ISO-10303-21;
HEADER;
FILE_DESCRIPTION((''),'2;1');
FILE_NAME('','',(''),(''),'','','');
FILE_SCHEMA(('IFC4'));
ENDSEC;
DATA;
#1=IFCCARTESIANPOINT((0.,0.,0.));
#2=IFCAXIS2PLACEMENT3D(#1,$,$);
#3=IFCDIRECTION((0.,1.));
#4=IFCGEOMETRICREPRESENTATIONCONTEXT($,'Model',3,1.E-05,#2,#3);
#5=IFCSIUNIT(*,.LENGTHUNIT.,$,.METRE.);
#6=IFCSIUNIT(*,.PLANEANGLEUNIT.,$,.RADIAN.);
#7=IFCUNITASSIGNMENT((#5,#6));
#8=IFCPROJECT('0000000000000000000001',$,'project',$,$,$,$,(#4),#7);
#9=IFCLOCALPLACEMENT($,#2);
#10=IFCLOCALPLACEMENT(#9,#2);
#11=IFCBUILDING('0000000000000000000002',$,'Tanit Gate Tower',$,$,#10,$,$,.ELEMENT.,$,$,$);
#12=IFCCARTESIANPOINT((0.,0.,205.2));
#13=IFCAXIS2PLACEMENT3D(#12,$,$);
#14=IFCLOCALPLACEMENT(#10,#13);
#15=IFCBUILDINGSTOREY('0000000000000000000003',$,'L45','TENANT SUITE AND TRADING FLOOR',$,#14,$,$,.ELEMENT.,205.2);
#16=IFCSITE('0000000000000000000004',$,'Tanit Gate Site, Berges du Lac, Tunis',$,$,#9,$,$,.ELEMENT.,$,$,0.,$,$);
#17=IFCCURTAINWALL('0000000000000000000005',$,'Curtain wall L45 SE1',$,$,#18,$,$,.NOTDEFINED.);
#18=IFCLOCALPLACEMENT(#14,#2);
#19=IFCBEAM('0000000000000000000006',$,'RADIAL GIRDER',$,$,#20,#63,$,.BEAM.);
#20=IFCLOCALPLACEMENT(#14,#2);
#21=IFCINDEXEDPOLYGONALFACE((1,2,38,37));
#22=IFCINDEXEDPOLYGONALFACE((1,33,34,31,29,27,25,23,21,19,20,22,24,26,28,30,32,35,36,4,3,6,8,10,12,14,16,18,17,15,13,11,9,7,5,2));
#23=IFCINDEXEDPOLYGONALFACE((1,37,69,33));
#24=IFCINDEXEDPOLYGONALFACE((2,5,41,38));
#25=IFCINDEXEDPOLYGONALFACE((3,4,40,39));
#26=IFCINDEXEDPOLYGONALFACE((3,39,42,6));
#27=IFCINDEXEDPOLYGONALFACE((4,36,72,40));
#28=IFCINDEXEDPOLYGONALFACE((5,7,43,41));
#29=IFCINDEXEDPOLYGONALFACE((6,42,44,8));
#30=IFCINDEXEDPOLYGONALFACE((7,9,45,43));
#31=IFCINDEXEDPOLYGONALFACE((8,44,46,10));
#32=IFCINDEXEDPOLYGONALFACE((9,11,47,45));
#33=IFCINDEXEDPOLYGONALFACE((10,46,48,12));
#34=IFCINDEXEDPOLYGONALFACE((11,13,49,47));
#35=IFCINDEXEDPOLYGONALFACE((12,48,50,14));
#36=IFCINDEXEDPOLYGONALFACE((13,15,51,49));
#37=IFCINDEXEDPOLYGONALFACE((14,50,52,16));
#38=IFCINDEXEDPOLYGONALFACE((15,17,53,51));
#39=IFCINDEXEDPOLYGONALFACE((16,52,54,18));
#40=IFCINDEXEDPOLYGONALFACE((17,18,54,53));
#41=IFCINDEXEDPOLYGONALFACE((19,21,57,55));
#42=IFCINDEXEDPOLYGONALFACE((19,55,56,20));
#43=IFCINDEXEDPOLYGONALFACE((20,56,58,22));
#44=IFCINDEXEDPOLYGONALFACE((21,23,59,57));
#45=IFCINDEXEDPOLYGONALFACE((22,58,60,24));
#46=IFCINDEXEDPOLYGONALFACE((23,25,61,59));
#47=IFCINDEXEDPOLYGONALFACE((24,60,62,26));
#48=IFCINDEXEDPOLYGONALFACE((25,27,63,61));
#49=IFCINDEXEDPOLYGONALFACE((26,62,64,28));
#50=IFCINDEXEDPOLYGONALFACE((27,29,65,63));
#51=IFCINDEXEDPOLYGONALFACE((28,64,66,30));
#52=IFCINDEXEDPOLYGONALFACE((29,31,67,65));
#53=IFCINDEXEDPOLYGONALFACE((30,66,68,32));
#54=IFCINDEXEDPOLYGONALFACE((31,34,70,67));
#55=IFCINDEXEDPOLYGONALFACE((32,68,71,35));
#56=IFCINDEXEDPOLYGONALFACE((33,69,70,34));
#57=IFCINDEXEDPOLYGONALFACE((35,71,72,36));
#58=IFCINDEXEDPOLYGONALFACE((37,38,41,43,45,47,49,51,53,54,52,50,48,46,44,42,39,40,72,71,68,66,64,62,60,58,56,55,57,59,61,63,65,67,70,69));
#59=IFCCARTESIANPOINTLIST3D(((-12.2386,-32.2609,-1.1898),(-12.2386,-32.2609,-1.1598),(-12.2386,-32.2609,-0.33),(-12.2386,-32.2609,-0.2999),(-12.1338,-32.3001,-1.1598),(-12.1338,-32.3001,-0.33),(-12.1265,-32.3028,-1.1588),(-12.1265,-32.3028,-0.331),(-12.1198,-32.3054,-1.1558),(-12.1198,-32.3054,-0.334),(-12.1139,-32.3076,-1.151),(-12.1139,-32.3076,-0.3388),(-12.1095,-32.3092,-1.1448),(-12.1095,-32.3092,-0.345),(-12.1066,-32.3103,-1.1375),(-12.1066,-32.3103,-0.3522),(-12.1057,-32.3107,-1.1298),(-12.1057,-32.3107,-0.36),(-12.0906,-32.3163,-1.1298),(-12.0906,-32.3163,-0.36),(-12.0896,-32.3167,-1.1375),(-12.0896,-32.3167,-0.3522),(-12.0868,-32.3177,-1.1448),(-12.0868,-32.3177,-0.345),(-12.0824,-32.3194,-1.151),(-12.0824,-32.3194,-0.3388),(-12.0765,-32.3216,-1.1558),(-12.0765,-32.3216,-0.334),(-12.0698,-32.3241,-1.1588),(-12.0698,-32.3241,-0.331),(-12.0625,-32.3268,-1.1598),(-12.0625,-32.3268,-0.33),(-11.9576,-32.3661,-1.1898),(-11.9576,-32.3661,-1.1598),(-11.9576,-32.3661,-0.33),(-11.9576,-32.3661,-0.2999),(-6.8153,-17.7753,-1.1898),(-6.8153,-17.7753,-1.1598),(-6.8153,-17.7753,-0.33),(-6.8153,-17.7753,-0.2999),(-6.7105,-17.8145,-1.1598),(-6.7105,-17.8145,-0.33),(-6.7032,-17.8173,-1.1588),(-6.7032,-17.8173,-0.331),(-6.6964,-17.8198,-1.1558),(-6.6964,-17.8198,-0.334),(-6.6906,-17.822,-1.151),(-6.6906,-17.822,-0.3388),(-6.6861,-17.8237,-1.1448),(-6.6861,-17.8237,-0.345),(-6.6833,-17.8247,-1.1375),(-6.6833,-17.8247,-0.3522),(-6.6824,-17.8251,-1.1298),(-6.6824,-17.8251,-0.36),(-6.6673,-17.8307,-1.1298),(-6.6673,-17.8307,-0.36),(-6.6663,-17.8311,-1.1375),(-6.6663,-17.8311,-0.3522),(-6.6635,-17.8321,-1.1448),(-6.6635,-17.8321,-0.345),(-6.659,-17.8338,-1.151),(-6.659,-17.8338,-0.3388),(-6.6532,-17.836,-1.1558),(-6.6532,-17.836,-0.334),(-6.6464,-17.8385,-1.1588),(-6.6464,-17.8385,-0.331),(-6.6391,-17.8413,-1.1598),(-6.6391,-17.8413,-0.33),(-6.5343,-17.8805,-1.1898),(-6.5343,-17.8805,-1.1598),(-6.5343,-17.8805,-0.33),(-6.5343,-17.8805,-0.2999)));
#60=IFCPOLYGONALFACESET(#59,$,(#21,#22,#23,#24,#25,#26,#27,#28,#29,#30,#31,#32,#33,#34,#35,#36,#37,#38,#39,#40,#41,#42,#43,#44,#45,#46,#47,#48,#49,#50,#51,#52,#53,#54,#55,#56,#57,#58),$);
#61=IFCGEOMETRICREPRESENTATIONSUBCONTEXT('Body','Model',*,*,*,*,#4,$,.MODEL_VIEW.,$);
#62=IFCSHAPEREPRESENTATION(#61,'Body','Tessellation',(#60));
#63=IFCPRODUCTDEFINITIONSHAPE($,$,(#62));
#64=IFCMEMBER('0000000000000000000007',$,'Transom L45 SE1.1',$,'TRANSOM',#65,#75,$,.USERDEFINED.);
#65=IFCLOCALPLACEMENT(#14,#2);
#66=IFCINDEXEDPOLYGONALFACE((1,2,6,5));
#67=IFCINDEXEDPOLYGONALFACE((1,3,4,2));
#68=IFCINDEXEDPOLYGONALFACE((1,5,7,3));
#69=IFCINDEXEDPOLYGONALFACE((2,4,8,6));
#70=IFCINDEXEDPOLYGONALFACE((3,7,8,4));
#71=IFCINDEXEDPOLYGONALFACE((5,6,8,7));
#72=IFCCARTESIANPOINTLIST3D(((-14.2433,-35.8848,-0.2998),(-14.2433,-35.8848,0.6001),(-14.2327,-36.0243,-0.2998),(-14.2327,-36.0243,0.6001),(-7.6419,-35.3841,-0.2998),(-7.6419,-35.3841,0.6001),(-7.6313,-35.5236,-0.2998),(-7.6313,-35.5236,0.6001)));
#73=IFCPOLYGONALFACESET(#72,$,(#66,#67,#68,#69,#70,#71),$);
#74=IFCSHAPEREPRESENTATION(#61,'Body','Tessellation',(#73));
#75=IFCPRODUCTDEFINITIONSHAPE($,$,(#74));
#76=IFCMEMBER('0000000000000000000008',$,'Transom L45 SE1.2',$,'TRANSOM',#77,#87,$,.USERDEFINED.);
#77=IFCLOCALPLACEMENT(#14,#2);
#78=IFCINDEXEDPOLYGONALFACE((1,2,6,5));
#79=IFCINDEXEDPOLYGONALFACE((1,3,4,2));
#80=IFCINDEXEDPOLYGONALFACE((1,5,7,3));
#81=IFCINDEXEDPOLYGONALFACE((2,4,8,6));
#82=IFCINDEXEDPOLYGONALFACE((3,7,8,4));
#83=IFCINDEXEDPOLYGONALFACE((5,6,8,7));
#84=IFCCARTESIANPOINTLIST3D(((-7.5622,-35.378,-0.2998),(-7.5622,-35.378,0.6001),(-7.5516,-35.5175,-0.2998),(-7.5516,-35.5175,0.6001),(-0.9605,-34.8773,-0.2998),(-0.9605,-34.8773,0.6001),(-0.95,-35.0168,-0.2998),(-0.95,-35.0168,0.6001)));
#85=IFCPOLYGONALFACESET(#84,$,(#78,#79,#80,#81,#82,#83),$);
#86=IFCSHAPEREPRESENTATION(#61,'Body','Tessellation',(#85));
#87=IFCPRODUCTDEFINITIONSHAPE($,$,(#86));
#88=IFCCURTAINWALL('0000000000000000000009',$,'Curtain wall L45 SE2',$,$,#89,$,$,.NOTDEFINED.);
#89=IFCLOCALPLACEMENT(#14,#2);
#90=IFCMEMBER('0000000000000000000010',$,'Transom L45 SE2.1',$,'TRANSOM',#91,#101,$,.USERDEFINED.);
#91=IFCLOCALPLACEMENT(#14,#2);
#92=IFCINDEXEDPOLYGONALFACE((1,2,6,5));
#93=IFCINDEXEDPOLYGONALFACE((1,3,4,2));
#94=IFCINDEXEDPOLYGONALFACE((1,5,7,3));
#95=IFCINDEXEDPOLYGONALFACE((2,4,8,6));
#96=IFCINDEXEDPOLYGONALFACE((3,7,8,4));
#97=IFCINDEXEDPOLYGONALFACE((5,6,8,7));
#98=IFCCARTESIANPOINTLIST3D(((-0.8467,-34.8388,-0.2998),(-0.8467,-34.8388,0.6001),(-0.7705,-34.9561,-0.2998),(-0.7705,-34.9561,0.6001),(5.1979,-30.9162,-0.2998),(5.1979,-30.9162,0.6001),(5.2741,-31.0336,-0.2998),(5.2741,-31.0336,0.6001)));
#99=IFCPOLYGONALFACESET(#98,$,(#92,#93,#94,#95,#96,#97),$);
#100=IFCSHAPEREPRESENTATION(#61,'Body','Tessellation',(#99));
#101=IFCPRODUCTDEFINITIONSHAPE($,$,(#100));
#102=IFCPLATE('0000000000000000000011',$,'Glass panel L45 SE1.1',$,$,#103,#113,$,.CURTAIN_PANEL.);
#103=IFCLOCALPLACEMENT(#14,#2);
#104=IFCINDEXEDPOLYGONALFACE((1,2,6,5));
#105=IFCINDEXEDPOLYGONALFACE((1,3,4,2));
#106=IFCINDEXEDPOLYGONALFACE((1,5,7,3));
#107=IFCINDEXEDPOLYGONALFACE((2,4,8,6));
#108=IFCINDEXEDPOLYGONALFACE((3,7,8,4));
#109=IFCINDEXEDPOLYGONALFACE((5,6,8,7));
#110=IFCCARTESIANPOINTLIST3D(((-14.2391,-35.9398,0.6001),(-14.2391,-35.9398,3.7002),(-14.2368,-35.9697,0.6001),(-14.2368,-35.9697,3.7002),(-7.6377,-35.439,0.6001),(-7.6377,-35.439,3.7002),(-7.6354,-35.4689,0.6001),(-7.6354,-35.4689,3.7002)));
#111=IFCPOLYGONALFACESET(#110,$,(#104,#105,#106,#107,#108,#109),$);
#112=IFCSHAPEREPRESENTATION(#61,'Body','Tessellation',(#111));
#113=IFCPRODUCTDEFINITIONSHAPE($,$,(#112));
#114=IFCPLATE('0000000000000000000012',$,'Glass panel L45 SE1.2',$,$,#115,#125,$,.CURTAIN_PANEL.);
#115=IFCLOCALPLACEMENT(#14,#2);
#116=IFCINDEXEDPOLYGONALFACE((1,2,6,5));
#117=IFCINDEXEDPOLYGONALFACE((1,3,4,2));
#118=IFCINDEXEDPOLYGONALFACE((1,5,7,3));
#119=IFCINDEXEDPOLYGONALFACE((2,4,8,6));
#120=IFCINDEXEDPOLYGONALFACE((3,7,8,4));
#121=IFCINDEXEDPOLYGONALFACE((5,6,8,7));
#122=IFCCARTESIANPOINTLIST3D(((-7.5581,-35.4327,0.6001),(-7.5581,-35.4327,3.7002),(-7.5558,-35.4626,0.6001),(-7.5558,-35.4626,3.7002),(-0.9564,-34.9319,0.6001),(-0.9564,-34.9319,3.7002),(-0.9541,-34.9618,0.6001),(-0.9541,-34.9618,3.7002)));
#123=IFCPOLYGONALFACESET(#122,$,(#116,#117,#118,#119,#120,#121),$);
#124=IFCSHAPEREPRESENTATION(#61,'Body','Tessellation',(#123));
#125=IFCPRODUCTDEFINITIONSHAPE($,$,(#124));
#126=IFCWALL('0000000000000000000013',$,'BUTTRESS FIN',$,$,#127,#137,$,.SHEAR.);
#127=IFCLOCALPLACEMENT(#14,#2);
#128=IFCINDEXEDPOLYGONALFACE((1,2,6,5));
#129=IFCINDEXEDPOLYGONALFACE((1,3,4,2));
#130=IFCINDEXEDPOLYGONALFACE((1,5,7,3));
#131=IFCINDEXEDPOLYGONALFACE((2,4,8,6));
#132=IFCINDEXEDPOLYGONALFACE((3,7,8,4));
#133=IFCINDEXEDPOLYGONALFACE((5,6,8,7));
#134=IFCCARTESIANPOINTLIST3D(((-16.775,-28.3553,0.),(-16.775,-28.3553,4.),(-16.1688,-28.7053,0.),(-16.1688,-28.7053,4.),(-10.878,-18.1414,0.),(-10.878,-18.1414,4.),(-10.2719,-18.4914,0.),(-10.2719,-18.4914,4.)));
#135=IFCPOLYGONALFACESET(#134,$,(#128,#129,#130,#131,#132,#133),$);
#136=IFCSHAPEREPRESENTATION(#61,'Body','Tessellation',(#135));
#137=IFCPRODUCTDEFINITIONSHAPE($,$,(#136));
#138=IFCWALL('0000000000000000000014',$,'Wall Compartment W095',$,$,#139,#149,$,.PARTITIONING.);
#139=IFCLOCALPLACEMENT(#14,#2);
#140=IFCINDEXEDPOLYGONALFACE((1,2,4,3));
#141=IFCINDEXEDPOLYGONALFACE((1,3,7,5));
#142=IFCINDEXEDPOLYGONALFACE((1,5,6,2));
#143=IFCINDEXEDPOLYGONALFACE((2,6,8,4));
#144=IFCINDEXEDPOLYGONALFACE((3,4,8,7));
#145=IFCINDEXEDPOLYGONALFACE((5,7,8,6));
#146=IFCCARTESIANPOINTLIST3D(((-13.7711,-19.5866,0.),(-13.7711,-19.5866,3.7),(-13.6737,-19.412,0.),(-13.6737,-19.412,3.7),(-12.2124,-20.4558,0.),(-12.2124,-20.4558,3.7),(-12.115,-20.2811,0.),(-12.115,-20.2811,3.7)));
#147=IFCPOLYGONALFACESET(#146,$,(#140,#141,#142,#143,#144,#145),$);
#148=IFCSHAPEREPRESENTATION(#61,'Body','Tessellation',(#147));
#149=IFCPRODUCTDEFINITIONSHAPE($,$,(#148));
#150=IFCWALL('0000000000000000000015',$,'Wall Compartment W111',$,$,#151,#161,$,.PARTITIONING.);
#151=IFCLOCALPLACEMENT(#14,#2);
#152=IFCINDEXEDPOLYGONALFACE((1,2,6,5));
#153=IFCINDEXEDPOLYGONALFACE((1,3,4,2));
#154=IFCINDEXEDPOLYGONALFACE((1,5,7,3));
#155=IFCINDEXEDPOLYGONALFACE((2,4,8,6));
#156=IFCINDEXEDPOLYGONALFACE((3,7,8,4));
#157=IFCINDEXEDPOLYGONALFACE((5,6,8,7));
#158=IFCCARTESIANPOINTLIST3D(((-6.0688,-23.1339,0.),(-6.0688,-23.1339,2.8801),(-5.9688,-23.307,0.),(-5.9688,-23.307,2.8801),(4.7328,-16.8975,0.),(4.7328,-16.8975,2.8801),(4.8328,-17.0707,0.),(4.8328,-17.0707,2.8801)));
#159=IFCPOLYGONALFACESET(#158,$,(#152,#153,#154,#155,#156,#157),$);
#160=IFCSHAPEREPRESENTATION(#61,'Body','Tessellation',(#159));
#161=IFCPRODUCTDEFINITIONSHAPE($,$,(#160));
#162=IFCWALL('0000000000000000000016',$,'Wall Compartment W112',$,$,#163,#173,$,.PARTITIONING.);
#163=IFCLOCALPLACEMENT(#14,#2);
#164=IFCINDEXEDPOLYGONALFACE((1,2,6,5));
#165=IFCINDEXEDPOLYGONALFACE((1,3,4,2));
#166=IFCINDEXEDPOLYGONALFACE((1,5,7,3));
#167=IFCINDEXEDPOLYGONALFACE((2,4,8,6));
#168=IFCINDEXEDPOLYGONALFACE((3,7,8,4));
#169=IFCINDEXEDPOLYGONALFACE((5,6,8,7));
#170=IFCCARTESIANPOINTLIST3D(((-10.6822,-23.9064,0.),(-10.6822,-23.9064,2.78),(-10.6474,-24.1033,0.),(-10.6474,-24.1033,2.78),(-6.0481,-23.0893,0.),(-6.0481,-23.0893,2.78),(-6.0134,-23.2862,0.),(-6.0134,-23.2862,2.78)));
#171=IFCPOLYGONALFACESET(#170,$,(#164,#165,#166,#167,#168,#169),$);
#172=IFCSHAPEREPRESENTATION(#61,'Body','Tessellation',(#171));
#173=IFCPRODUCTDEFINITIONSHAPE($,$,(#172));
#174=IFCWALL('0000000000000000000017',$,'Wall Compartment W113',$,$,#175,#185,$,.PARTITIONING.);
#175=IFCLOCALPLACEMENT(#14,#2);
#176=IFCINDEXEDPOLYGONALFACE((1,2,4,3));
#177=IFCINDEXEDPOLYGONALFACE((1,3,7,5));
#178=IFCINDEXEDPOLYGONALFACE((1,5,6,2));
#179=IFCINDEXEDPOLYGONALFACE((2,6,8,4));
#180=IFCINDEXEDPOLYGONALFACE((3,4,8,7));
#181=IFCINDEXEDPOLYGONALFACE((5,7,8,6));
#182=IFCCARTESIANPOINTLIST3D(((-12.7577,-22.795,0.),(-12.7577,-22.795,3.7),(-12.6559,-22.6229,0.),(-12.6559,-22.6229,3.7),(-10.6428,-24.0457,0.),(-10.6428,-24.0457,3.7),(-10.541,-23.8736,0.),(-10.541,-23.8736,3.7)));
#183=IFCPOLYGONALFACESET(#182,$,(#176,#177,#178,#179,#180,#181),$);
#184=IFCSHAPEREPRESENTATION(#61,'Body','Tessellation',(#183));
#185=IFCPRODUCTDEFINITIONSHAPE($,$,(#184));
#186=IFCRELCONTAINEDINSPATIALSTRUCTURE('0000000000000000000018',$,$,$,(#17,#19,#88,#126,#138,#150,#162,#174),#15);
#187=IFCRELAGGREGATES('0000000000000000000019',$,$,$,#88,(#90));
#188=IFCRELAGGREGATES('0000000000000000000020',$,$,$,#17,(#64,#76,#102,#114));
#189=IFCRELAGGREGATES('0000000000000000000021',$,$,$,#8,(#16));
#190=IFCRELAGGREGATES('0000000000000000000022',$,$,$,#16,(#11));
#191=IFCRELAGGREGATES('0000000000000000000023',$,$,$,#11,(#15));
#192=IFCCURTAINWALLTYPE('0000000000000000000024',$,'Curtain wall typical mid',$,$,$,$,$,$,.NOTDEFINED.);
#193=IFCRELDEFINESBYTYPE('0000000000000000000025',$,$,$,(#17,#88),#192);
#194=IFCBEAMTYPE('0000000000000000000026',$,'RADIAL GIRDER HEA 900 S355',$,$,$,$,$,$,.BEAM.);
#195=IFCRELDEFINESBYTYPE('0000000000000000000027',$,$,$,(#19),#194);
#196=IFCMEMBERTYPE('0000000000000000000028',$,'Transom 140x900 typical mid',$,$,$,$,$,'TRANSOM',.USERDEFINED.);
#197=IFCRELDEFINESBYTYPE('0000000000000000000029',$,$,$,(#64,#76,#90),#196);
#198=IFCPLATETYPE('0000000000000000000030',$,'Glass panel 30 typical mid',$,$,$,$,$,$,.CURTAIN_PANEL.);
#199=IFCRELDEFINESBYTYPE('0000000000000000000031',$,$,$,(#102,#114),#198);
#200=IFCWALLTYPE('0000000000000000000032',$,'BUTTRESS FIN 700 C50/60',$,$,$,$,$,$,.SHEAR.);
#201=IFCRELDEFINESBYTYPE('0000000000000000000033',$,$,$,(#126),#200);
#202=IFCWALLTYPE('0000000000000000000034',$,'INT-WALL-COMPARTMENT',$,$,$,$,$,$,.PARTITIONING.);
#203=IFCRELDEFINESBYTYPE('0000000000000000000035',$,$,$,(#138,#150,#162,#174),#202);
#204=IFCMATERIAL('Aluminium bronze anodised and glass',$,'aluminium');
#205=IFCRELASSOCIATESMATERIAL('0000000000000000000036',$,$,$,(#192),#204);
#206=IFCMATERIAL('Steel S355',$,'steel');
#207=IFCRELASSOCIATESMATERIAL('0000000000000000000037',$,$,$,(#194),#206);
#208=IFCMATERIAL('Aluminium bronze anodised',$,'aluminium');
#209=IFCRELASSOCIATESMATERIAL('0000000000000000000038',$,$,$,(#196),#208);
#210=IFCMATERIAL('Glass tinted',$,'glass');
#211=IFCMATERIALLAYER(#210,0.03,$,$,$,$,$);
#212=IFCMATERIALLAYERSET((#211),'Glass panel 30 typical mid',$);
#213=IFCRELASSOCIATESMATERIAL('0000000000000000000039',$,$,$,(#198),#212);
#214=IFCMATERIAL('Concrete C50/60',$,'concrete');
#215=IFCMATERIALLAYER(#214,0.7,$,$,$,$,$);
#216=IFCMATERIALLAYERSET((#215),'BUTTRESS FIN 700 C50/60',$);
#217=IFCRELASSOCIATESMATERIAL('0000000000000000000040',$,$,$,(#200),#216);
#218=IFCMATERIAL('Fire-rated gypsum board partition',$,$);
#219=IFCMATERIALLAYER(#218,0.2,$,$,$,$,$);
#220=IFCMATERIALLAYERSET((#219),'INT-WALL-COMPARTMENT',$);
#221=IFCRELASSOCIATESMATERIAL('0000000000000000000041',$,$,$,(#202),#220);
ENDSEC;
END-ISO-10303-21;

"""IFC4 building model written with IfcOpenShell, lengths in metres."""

from ifc_helpers import new_model, si_unit, direction, frame, frame_2d, origin, origin_2d, place, context, subcontext, project, spatial, rectangle, i_section, extrude, material, layer, layer_set, material_profile, profile_set, type_object, element, aggregate, save


model = new_model("IFC4")

# Units and contexts
model_context = context("Model", 3, precision=1e-05, world=origin(), true_north=direction((0.0, 1.0)))
body_context = subcontext(model_context, "Body", "Model", "MODEL_VIEW")
ifc_project = project(units=[si_unit("LENGTHUNIT", "METRE"), si_unit("PLANEANGLEUNIT", "RADIAN")], contexts=[model_context])

# Site, building, storey
site_placement = place(None, origin())
site = spatial("IfcSite", under=ifc_project, at=site_placement, Name="Tanit Gate Site, Berges du Lac, Tunis", CompositionType="ELEMENT", RefElevation=0.0)
building_placement = place(site_placement, origin())
building = spatial("IfcBuilding", under=site, at=building_placement, Name="Tanit Gate Tower", CompositionType="ELEMENT")
storey_placement = place(building_placement, frame((0.0, 0.0, 205.2)))
storey = spatial("IfcBuildingStorey", under=building, at=storey_placement, Name="L45", Description="TENANT SUITE AND TRADING FLOOR", CompositionType="ELEMENT", Elevation=205.2)

# Curtain wall
ifc_material_1 = material(Name="Aluminium bronze anodised and glass", Category="aluminium")
curtain_wall_type = type_object("IfcCurtainWallType", Name="Curtain wall typical mid", PredefinedType="NOTDEFINED", material=ifc_material_1)
curtain_wall_1_placement = place(storey_placement, origin())
curtain_wall_1 = element("IfcCurtainWall", 1, at=curtain_wall_1_placement, inside=storey, type_object=curtain_wall_type, Name="Curtain wall L45 SE1", PredefinedType="NOTDEFINED")

# Beam
ifc_material_2 = material(Name="Steel S355", Category="steel")
ifc_material_profile_1 = material_profile(ifc_material_2, i_section(OverallWidth=0.3, OverallDepth=0.8899, WebThickness=0.0161, FlangeThickness=0.03, FilletRadius=0.03, at=origin_2d()), Name="HEA 900")
ifc_profile_set_1 = profile_set([ifc_material_profile_1], Name="Steel S355")
beam_type_1 = type_object("IfcBeamType", Name="RADIAL GIRDER HEA 900 S355", PredefinedType="BEAM", material=ifc_profile_set_1)
beam_1_placement = place(storey_placement, frame((-12.0981, -32.3135, -0.7449), z_axis=(0.350627, 0.936515, 0.0), x_axis=(-0.936515, 0.350627, 0.0)))
element("IfcBeam", 2, at=beam_1_placement, inside=storey, type_object=beam_type_1, Name="RADIAL GIRDER", PredefinedType="BEAM", context=body_context, shape_type="SweptSolid", body=[
    extrude(i_section(OverallWidth=0.3, OverallDepth=0.8899, WebThickness=0.0161, FlangeThickness=0.03, FilletRadius=0.03, at=origin_2d()), origin(), (0.0, 0.0, 1.0), 15.4675),
])

# Members
ifc_material_3 = material(Name="Aluminium bronze anodised", Category="aluminium")
ifc_material_profile_2 = material_profile(ifc_material_3, rectangle(XDim=0.1399, YDim=0.8999, at=origin_2d()), Name="140x900 bronze transom")
ifc_profile_set_2 = profile_set([ifc_material_profile_2], Name="Aluminium bronze anodised")
member_type_1 = type_object("IfcMemberType", Name="Transom 140x900 typical mid", ElementType="TRANSOM", PredefinedType="USERDEFINED", material=ifc_profile_set_2)
member_1_placement = place(storey_placement, frame((-14.238, -35.9546, 0.1501), z_axis=(0.997135, 0.075636, 0.0), x_axis=(-0.075636, 0.997135, 0.0)))
member_1 = element("IfcMember", 3, at=member_1_placement, type_object=member_type_1, Name="Transom L45 SE1.1", ObjectType="TRANSOM", PredefinedType="USERDEFINED", context=body_context, shape_type="SweptSolid", body=[
    extrude(rectangle(XDim=0.1399, YDim=0.8999, at=origin_2d()), origin(), (0.0, 0.0, 1.0), 6.6204),
])
member_2_placement = place(storey_placement, frame((-7.5569, -35.4478, 0.1501), z_axis=(0.997136, 0.075633, 0.0), x_axis=(-0.075633, 0.997136, 0.0)))
member_2 = element("IfcMember", 4, at=member_2_placement, type_object=member_type_1, Name="Transom L45 SE1.2", ObjectType="TRANSOM", PredefinedType="USERDEFINED", context=body_context, shape_type="SweptSolid", body=[
    extrude(rectangle(XDim=0.1399, YDim=0.8999, at=origin_2d()), origin(), (0.0, 0.0, 1.0), 6.6206),
])

# Curtain wall, member
curtain_wall_2_placement = place(storey_placement, origin())
curtain_wall_2 = element("IfcCurtainWall", 5, at=curtain_wall_2_placement, inside=storey, type_object=curtain_wall_type, Name="Curtain wall L45 SE2", PredefinedType="NOTDEFINED")
member_3_placement = place(storey_placement, frame((-0.8086, -34.8975, 0.1501), z_axis=(0.838851, 0.544361, 0.0), x_axis=(-0.544361, 0.838851, 0.0)))
member_3 = element("IfcMember", 6, at=member_3_placement, type_object=member_type_1, Name="Transom L45 SE2.1", ObjectType="TRANSOM", PredefinedType="USERDEFINED", context=body_context, shape_type="SweptSolid", body=[
    extrude(rectangle(XDim=0.1399, YDim=0.8999, at=origin_2d()), origin(), (0.0, 0.0, 1.0), 7.2058),
])
aggregate(curtain_wall_2, [member_3])

# Plates
ifc_material_4 = material(Name="Glass tinted", Category="glass")
ifc_layer_1 = layer(ifc_material_4, 0.03)
ifc_layer_set_1 = layer_set([ifc_layer_1], Name="Glass panel 30 typical mid")
plate_type = type_object("IfcPlateType", Name="Glass panel 30 typical mid", PredefinedType="CURTAIN_PANEL", material=ifc_layer_set_1)
plate_1_placement = place(storey_placement, frame((-10.9373, -35.7043, 0.6001), z_axis=(0.0, 0.0, 1.0), x_axis=(0.997135, 0.075645, 0.0)))
plate_1 = element("IfcPlate", 7, at=plate_1_placement, type_object=plate_type, Name="Glass panel L45 SE1.1", PredefinedType="CURTAIN_PANEL", context=body_context, shape_type="SweptSolid", body=[
    extrude(rectangle(XDim=6.6204, YDim=0.03, at=origin_2d()), origin(), (0.0, 0.0, 1.0), 3.1001),
])
plate_2_placement = place(storey_placement, frame((-4.2561, -35.1973, 0.6001), z_axis=(0.0, 0.0, 1.0), x_axis=(0.997135, 0.075645, 0.0)))
plate_2 = element("IfcPlate", 8, at=plate_2_placement, type_object=plate_type, Name="Glass panel L45 SE1.2", PredefinedType="CURTAIN_PANEL", context=body_context, shape_type="SweptSolid", body=[
    extrude(rectangle(XDim=6.6206, YDim=0.03, at=origin_2d()), origin(), (0.0, 0.0, 1.0), 3.1001),
])
aggregate(curtain_wall_1, [member_1, member_2, plate_1, plate_2])

# Wall
ifc_material_5 = material(Name="Concrete C50/60", Category="concrete")
ifc_layer_2 = layer(ifc_material_5, 0.7)
ifc_layer_set_2 = layer_set([ifc_layer_2], Name="BUTTRESS FIN 700 C50/60")
wall_type_1 = type_object("IfcWallType", Name="BUTTRESS FIN 700 C50/60", PredefinedType="SHEAR", material=ifc_layer_set_2)
wall_1_placement = place(storey_placement, frame((-10.575, -18.3164, 0.0), z_axis=(0.0, 0.0, 1.0), x_axis=(-0.5, -0.866026, 0.0)))
element("IfcWall", 9, at=wall_1_placement, inside=storey, type_object=wall_type_1, Name="BUTTRESS FIN", PredefinedType="SHEAR", context=body_context, shape_type="SweptSolid", body=[
    extrude(rectangle(XDim=11.7939, YDim=0.7, at=frame_2d((5.897, 0.0))), origin(), (0.0, 0.0, 1.0), 4.0),
])

# Walls
ifc_material_6 = material(Name="Fire-rated gypsum board partition")
ifc_layer_3 = layer(ifc_material_6, 0.2)
ifc_layer_set_3 = layer_set([ifc_layer_3], Name="INT-WALL-COMPARTMENT")
wall_type_2 = type_object("IfcWallType", Name="INT-WALL-COMPARTMENT", PredefinedType="PARTITIONING", material=ifc_layer_set_3)
wall_2_placement = place(storey_placement, frame((-13.7224, -19.4993, 0.0), z_axis=(0.0, 0.0, 1.0), x_axis=(0.873382, -0.487036, 0.0)))
element("IfcWall", 10, at=wall_2_placement, inside=storey, type_object=wall_type_2, Name="Wall Compartment W095", PredefinedType="PARTITIONING", context=body_context, shape_type="SweptSolid", body=[
    extrude(rectangle(XDim=1.7847, YDim=0.2, at=frame_2d((0.8923, 0.0))), origin(), (0.0, 0.0, 1.0), 3.7),
])
wall_3_placement = place(storey_placement, frame((-6.0188, -23.2205, 0.0), z_axis=(0.0, 0.0, 1.0), x_axis=(0.866023, 0.500004, 0.0)))
element("IfcWall", 11, at=wall_3_placement, inside=storey, type_object=wall_type_2, Name="Wall Compartment W111", PredefinedType="PARTITIONING", context=body_context, shape_type="SweptSolid", body=[
    extrude(rectangle(XDim=12.4727, YDim=0.2, at=frame_2d((6.2363, 0.0))), origin(), (0.0, 0.0, 1.0), 2.8801),
])
wall_4_placement = place(storey_placement, frame((-10.6648, -24.0049, 0.0), z_axis=(0.0, 0.0, 1.0), x_axis=(0.984807, 0.173655, 0.0)))
element("IfcWall", 12, at=wall_4_placement, inside=storey, type_object=wall_type_2, Name="Wall Compartment W112", PredefinedType="PARTITIONING", context=body_context, shape_type="SweptSolid", body=[
    extrude(rectangle(XDim=4.7056, YDim=0.2, at=frame_2d((2.3528, 0.0))), origin(), (0.0, 0.0, 1.0), 2.78),
])
wall_5_placement = place(storey_placement, frame((-12.7068, -22.709, 0.0), z_axis=(0.0, 0.0, 1.0), x_axis=(0.860754, -0.509021, 0.0)))
element("IfcWall", 13, at=wall_5_placement, inside=storey, type_object=wall_type_2, Name="Wall Compartment W113", PredefinedType="PARTITIONING", context=body_context, shape_type="SweptSolid", body=[
    extrude(rectangle(XDim=2.457, YDim=0.2, at=frame_2d((1.2285, 0.0))), origin(), (0.0, 0.0, 1.0), 3.7),
])

save(model, "model.ifc")
